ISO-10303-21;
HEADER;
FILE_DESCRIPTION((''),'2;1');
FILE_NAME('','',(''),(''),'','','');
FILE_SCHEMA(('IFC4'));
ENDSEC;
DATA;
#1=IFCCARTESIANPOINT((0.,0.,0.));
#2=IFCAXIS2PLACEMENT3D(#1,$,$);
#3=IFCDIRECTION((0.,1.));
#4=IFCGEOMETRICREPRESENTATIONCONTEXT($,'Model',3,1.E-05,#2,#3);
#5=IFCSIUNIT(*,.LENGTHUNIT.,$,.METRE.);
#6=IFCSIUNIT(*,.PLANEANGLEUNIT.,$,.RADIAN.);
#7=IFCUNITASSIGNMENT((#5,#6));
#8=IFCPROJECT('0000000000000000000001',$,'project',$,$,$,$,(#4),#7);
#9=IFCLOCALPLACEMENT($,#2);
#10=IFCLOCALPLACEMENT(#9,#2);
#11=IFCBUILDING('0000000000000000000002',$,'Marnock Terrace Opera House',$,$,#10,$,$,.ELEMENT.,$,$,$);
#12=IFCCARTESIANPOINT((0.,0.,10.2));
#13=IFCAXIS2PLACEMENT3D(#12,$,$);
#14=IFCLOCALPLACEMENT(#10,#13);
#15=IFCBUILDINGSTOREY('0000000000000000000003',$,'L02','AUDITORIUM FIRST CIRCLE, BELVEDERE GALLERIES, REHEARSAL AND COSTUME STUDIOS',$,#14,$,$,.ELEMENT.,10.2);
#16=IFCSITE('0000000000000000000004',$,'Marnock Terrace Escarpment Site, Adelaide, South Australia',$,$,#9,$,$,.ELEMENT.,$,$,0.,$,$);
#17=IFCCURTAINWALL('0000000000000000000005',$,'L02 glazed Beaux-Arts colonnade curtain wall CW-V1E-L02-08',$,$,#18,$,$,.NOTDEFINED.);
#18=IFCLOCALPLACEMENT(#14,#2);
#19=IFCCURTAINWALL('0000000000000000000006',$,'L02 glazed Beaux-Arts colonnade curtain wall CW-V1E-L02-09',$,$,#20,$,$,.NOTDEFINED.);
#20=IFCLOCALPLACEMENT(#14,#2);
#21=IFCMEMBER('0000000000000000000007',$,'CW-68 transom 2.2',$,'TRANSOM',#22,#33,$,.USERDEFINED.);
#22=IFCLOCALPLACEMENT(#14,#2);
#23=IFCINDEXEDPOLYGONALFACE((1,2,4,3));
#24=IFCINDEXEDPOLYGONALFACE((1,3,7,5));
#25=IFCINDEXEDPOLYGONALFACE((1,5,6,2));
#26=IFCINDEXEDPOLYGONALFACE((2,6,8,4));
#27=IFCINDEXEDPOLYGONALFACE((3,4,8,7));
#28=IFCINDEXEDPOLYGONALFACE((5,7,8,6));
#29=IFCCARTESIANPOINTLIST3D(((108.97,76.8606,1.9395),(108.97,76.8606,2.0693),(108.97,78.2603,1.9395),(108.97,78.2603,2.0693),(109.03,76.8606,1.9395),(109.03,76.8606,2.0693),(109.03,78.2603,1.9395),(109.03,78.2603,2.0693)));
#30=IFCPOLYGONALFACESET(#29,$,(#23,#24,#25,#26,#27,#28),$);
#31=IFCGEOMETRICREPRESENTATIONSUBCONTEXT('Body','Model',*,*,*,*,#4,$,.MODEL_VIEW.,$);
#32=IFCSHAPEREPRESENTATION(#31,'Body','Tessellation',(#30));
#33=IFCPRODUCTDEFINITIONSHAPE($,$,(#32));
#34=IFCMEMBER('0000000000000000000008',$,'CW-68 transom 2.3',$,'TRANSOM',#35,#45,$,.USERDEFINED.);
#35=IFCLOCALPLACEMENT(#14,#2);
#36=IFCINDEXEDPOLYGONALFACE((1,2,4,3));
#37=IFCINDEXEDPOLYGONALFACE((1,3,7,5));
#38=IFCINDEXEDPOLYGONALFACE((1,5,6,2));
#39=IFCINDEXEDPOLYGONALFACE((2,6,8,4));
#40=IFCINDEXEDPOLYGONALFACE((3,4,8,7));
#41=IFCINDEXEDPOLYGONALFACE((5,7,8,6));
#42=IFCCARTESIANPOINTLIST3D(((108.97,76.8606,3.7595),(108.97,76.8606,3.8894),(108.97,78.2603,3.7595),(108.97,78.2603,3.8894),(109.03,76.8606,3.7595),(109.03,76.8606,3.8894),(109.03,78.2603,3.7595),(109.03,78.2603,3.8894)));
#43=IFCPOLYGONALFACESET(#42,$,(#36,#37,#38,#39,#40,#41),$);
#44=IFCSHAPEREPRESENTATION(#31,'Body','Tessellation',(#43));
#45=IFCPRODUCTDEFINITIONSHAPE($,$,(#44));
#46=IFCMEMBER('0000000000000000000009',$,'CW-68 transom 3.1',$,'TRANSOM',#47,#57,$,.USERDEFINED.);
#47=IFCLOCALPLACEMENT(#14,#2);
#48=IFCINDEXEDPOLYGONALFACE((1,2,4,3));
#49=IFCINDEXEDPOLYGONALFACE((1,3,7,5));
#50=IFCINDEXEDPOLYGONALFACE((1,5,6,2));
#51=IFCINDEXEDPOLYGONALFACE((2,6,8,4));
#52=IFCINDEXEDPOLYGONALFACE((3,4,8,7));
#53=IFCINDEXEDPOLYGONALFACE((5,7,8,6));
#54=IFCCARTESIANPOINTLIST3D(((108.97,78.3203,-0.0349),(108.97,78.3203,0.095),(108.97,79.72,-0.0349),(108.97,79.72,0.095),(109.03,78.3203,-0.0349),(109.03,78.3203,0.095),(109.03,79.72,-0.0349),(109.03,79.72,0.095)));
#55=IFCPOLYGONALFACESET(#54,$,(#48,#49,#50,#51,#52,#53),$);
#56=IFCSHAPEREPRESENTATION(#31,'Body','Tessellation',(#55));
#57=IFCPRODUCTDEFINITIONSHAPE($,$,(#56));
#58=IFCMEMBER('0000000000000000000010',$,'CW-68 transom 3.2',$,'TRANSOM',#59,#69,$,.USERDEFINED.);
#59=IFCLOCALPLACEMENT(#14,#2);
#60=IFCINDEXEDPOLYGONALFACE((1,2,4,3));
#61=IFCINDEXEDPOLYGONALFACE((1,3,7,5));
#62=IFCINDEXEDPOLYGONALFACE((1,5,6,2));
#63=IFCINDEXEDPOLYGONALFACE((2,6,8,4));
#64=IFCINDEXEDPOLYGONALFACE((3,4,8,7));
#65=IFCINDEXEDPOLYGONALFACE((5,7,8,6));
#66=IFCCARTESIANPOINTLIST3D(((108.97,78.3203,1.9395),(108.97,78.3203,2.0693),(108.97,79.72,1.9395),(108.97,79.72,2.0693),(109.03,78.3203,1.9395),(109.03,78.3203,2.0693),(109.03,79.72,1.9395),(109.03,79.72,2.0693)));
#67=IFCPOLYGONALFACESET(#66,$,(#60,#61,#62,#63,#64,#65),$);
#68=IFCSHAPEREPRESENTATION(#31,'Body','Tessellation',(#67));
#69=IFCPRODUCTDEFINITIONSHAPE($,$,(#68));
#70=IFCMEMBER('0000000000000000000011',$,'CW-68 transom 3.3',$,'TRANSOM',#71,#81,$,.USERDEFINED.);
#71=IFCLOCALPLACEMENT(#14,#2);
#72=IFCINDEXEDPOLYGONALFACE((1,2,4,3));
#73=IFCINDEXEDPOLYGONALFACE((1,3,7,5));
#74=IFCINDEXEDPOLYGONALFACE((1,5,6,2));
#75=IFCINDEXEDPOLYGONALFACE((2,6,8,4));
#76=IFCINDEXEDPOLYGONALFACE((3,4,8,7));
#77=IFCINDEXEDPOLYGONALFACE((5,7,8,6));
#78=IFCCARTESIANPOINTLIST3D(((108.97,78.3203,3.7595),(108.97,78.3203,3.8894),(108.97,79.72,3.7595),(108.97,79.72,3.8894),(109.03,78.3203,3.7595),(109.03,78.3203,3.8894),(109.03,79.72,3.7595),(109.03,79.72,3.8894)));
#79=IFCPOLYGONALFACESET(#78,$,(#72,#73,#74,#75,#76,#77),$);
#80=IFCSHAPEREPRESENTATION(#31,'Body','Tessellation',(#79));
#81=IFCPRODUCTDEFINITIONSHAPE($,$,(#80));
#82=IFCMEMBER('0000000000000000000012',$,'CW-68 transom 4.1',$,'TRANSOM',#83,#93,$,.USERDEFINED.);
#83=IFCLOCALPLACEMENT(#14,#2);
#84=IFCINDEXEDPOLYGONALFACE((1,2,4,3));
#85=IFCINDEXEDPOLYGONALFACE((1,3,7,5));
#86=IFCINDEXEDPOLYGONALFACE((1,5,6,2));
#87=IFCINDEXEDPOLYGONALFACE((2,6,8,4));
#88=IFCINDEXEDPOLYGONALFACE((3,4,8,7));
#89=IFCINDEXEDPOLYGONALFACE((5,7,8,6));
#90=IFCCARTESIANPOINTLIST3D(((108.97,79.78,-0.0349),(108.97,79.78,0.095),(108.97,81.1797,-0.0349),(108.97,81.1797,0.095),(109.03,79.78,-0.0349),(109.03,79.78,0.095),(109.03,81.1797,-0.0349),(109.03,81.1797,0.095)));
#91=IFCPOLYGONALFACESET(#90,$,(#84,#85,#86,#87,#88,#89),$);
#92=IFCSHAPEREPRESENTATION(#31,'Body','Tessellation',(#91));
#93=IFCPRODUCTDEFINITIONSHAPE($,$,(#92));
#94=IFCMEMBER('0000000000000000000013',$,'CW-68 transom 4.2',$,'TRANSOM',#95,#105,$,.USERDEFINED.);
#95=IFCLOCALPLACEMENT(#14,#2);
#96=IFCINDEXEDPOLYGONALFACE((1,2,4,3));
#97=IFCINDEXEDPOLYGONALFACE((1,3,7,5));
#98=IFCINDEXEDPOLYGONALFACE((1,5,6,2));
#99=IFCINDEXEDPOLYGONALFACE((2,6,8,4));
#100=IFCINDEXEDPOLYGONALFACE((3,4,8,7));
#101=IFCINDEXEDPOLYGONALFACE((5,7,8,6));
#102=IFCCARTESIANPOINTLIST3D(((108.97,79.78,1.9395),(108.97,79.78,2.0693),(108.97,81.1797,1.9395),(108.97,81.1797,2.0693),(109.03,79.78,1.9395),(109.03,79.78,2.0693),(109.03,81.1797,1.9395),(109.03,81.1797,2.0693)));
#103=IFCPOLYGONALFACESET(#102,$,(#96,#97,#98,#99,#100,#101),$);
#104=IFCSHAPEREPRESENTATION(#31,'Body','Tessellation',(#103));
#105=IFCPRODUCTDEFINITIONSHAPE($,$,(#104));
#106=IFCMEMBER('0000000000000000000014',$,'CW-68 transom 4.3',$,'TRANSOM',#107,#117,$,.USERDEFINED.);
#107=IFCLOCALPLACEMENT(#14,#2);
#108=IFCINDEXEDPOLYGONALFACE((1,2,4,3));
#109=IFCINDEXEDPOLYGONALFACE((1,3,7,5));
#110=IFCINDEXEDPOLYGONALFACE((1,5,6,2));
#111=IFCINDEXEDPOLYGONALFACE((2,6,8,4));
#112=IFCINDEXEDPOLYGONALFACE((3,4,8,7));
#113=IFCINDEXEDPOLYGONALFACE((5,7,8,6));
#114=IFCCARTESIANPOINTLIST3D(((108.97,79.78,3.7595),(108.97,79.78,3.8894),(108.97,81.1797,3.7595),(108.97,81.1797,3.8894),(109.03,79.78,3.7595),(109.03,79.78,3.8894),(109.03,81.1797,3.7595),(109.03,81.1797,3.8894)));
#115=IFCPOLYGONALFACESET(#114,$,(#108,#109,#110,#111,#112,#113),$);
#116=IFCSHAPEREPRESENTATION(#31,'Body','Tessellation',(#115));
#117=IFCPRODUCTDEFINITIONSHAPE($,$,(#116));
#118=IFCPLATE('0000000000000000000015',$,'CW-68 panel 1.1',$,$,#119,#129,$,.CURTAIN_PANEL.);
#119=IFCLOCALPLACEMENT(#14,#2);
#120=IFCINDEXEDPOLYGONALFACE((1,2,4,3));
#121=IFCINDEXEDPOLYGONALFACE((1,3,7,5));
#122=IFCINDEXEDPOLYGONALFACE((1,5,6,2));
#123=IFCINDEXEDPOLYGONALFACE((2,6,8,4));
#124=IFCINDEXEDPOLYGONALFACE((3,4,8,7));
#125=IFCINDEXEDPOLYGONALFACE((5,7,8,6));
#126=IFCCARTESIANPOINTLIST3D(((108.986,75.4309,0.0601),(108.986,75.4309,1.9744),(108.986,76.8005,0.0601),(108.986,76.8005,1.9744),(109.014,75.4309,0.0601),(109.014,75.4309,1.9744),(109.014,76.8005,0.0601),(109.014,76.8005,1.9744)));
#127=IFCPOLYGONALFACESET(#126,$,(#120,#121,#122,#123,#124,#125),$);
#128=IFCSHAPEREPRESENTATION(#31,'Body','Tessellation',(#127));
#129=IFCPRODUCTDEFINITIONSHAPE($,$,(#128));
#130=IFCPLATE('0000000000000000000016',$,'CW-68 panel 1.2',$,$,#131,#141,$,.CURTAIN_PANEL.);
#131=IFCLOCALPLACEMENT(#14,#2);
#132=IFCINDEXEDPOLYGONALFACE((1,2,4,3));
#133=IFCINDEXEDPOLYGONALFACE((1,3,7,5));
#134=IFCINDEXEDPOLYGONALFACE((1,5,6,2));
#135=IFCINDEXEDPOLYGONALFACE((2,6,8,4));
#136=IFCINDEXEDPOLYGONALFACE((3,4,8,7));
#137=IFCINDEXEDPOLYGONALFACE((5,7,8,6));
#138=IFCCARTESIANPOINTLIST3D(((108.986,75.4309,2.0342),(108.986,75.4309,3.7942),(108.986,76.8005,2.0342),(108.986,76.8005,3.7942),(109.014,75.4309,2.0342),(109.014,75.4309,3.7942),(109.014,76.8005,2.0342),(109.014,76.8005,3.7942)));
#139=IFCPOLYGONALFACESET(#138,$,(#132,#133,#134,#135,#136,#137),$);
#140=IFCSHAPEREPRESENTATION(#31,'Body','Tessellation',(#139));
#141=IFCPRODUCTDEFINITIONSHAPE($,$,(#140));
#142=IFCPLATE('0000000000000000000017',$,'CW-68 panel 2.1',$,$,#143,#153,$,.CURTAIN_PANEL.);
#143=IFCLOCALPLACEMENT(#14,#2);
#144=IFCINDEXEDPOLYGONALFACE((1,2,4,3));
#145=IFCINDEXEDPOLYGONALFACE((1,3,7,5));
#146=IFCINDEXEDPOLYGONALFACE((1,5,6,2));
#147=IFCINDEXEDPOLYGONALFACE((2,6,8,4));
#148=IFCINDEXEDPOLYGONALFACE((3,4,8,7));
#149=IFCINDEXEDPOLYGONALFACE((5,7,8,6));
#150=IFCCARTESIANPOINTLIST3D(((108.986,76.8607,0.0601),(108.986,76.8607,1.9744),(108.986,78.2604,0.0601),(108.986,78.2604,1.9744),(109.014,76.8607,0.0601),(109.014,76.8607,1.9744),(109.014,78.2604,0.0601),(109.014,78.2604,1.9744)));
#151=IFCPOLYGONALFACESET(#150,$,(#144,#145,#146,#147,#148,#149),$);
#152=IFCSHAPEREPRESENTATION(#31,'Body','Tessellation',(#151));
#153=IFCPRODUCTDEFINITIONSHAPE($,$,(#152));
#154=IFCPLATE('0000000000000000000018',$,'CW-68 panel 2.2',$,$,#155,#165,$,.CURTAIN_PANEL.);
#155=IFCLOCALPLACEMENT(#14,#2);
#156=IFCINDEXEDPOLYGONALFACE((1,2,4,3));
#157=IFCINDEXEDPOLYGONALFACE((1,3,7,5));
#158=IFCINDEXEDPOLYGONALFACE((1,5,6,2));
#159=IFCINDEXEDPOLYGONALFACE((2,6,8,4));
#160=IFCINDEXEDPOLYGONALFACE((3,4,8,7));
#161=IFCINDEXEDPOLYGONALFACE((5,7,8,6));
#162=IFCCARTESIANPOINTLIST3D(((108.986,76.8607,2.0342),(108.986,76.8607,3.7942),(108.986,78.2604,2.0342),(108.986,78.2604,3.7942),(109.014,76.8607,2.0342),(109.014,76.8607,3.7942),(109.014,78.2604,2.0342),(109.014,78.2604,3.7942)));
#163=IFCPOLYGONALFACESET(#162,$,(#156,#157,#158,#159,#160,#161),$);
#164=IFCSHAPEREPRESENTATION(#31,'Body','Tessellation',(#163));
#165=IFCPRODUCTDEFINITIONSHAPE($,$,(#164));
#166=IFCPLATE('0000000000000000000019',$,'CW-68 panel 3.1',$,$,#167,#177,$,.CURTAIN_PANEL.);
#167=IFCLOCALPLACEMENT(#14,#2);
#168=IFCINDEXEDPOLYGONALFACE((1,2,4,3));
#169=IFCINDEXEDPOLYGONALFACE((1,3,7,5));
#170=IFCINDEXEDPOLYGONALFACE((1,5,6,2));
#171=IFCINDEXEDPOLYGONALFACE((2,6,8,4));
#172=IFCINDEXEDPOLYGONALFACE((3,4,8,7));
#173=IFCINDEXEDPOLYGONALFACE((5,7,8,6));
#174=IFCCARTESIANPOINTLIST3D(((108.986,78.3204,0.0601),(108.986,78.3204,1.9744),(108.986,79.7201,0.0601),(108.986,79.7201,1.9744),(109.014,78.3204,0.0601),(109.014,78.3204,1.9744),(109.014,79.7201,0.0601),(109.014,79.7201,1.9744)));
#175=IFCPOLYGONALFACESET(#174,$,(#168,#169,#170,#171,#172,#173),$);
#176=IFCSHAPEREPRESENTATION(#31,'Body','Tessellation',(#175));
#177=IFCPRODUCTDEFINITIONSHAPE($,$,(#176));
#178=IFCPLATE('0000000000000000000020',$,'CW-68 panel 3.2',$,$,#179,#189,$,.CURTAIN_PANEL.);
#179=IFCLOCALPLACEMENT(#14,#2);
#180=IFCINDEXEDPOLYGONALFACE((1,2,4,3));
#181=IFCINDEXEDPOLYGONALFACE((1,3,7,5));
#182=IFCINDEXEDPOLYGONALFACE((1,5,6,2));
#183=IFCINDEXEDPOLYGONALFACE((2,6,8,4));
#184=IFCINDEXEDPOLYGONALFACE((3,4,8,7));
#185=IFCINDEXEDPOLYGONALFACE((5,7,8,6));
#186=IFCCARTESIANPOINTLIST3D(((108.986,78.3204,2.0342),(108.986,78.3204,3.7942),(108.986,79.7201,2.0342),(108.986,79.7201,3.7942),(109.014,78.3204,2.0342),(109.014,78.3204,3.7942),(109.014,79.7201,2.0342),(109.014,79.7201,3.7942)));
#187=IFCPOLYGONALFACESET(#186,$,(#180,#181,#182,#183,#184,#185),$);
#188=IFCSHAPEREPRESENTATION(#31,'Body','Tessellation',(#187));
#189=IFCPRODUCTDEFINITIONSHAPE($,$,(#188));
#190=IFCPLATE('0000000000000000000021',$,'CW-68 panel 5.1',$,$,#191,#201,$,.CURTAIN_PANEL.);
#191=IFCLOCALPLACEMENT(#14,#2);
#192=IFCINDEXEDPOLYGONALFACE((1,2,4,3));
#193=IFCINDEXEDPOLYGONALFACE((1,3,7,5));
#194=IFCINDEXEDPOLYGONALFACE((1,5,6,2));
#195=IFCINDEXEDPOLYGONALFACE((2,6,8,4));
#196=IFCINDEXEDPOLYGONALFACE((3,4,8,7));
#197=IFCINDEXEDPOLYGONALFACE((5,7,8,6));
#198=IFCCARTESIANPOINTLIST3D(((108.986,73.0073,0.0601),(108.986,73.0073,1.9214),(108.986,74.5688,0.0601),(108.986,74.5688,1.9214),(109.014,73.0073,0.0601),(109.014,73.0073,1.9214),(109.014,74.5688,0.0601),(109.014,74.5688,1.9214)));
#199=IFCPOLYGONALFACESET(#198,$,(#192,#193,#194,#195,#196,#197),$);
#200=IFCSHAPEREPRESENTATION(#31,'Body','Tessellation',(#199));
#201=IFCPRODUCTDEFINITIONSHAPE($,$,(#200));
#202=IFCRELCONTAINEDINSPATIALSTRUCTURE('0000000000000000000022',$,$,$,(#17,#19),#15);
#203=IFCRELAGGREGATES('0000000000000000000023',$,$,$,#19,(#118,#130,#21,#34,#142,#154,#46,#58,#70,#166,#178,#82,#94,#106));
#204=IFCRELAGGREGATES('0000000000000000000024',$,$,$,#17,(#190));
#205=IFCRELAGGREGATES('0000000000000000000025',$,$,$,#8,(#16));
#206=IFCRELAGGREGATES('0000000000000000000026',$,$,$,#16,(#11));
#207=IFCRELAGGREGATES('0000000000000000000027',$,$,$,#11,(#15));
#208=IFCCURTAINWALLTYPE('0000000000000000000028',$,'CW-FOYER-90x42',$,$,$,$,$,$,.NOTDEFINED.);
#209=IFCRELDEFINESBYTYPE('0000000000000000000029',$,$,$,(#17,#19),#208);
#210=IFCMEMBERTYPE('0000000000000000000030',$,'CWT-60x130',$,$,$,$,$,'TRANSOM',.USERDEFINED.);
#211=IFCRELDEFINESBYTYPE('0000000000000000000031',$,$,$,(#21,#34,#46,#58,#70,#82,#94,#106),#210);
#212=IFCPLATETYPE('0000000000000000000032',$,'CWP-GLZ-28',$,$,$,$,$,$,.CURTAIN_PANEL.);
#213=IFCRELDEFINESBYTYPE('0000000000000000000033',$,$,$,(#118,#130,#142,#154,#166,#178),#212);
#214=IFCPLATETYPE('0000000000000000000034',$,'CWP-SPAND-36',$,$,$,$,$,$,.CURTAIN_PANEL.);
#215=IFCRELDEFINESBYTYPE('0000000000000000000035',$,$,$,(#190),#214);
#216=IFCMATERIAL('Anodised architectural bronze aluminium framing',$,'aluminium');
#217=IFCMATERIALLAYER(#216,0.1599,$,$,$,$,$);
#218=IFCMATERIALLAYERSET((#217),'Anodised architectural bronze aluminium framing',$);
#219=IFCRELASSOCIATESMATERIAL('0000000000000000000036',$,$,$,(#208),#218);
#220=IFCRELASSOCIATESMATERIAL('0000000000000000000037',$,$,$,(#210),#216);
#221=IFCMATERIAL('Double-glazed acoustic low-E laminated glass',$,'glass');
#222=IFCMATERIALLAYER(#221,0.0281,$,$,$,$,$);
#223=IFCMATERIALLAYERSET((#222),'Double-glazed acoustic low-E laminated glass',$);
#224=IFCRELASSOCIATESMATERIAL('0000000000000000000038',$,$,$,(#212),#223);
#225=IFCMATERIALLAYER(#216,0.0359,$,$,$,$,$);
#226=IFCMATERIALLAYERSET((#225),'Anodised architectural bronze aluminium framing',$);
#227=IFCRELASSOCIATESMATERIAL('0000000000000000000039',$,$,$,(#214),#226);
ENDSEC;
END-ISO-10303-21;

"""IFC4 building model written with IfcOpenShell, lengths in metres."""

from ifc_helpers import new_model, si_unit, direction, frame, origin, origin_2d, place, context, subcontext, project, spatial, rectangle, extrude, material, layer, layer_set, material_profile, profile_set, type_object, element, aggregate, save


model = new_model("IFC4")

# Units and contexts
model_context = context("Model", 3, precision=1e-05, world=origin(), true_north=direction((0.0, 1.0)))
body_context = subcontext(model_context, "Body", "Model", "MODEL_VIEW")
ifc_project = project(units=[si_unit("LENGTHUNIT", "METRE"), si_unit("PLANEANGLEUNIT", "RADIAN")], contexts=[model_context])

# Site, building, storey
site_placement = place(None, origin())
site = spatial("IfcSite", under=ifc_project, at=site_placement, Name="Marnock Terrace Escarpment Site, Adelaide, South Australia", CompositionType="ELEMENT", RefElevation=0.0)
building_placement = place(site_placement, origin())
building = spatial("IfcBuilding", under=site, at=building_placement, Name="Marnock Terrace Opera House", CompositionType="ELEMENT")
storey_placement = place(building_placement, frame((0.0, 0.0, 10.2)))
storey = spatial("IfcBuildingStorey", under=building, at=storey_placement, Name="L02", Description="AUDITORIUM FIRST CIRCLE, BELVEDERE GALLERIES, REHEARSAL AND COSTUME STUDIOS", CompositionType="ELEMENT", Elevation=10.2)

# Curtain wall
ifc_material_1 = material(Name="Anodised architectural bronze aluminium framing", Category="aluminium")
ifc_layer_1 = layer(ifc_material_1, 0.1599)
ifc_layer_set_1 = layer_set([ifc_layer_1], Name="Anodised architectural bronze aluminium framing")
curtain_wall_type = type_object("IfcCurtainWallType", Name="CW-FOYER-90x42", PredefinedType="NOTDEFINED", material=ifc_layer_set_1)
curtain_wall_1_placement = place(storey_placement, origin())
curtain_wall_1 = element("IfcCurtainWall", 1, at=curtain_wall_1_placement, inside=storey, type_object=curtain_wall_type, Name="L02 glazed Beaux-Arts colonnade curtain wall CW-V1E-L02-08", PredefinedType="NOTDEFINED")

# Curtain wall, members, plates
curtain_wall_2_placement = place(storey_placement, origin())
curtain_wall_2 = element("IfcCurtainWall", 2, at=curtain_wall_2_placement, inside=storey, type_object=curtain_wall_type, Name="L02 glazed Beaux-Arts colonnade curtain wall CW-V1E-L02-09", PredefinedType="NOTDEFINED")
ifc_material_profile_1 = material_profile(ifc_material_1, rectangle(XDim=0.0601, YDim=0.1299, at=origin_2d()))
ifc_profile_set_1 = profile_set([ifc_material_profile_1], Name="Anodised architectural bronze aluminium framing")
member_type_1 = type_object("IfcMemberType", Name="CWT-60x130", ElementType="TRANSOM", PredefinedType="USERDEFINED", material=ifc_profile_set_1)
member_1_placement = place(storey_placement, frame((109.0, 76.8606, 2.0044), z_axis=(0.0, 1.0, 0.0), x_axis=(-1.0, 0.0, 0.0)))
member_1 = element("IfcMember", 3, at=member_1_placement, type_object=member_type_1, Name="CW-68 transom 2.2", ObjectType="TRANSOM", PredefinedType="USERDEFINED", context=body_context, shape_type="SweptSolid", body=[
    extrude(rectangle(XDim=0.0601, YDim=0.1299, at=origin_2d()), origin(), (0.0, 0.0, 1.0), 1.3997),
])
member_2_placement = place(storey_placement, frame((109.0, 76.8606, 3.8245), z_axis=(0.0, 1.0, 0.0), x_axis=(-1.0, 0.0, 0.0)))
member_2 = element("IfcMember", 4, at=member_2_placement, type_object=member_type_1, Name="CW-68 transom 2.3", ObjectType="TRANSOM", PredefinedType="USERDEFINED", context=body_context, shape_type="SweptSolid", body=[
    extrude(rectangle(XDim=0.0601, YDim=0.1299, at=origin_2d()), origin(), (0.0, 0.0, 1.0), 1.3997),
])
member_3_placement = place(storey_placement, frame((109.0, 78.3203, 0.03), z_axis=(0.0, 1.0, 0.0), x_axis=(-1.0, 0.0, 0.0)))
member_3 = element("IfcMember", 5, at=member_3_placement, type_object=member_type_1, Name="CW-68 transom 3.1", ObjectType="TRANSOM", PredefinedType="USERDEFINED", context=body_context, shape_type="SweptSolid", body=[
    extrude(rectangle(XDim=0.0601, YDim=0.1299, at=origin_2d()), origin(), (0.0, 0.0, 1.0), 1.3997),
])
member_4_placement = place(storey_placement, frame((109.0, 78.3203, 2.0044), z_axis=(0.0, 1.0, 0.0), x_axis=(-1.0, 0.0, 0.0)))
member_4 = element("IfcMember", 6, at=member_4_placement, type_object=member_type_1, Name="CW-68 transom 3.2", ObjectType="TRANSOM", PredefinedType="USERDEFINED", context=body_context, shape_type="SweptSolid", body=[
    extrude(rectangle(XDim=0.0601, YDim=0.1299, at=origin_2d()), origin(), (0.0, 0.0, 1.0), 1.3997),
])
member_5_placement = place(storey_placement, frame((109.0, 78.3203, 3.8245), z_axis=(0.0, 1.0, 0.0), x_axis=(-1.0, 0.0, 0.0)))
member_5 = element("IfcMember", 7, at=member_5_placement, type_object=member_type_1, Name="CW-68 transom 3.3", ObjectType="TRANSOM", PredefinedType="USERDEFINED", context=body_context, shape_type="SweptSolid", body=[
    extrude(rectangle(XDim=0.0601, YDim=0.1299, at=origin_2d()), origin(), (0.0, 0.0, 1.0), 1.3997),
])
member_6_placement = place(storey_placement, frame((109.0, 79.78, 0.03), z_axis=(0.0, 1.0, 0.0), x_axis=(-1.0, 0.0, 0.0)))
member_6 = element("IfcMember", 8, at=member_6_placement, type_object=member_type_1, Name="CW-68 transom 4.1", ObjectType="TRANSOM", PredefinedType="USERDEFINED", context=body_context, shape_type="SweptSolid", body=[
    extrude(rectangle(XDim=0.0601, YDim=0.1299, at=origin_2d()), origin(), (0.0, 0.0, 1.0), 1.3997),
])
member_7_placement = place(storey_placement, frame((109.0, 79.78, 2.0044), z_axis=(0.0, 1.0, 0.0), x_axis=(-1.0, 0.0, 0.0)))
member_7 = element("IfcMember", 9, at=member_7_placement, type_object=member_type_1, Name="CW-68 transom 4.2", ObjectType="TRANSOM", PredefinedType="USERDEFINED", context=body_context, shape_type="SweptSolid", body=[
    extrude(rectangle(XDim=0.0601, YDim=0.1299, at=origin_2d()), origin(), (0.0, 0.0, 1.0), 1.3997),
])
member_8_placement = place(storey_placement, frame((109.0, 79.78, 3.8245), z_axis=(0.0, 1.0, 0.0), x_axis=(-1.0, 0.0, 0.0)))
member_8 = element("IfcMember", 10, at=member_8_placement, type_object=member_type_1, Name="CW-68 transom 4.3", ObjectType="TRANSOM", PredefinedType="USERDEFINED", context=body_context, shape_type="SweptSolid", body=[
    extrude(rectangle(XDim=0.0601, YDim=0.1299, at=origin_2d()), origin(), (0.0, 0.0, 1.0), 1.3997),
])
ifc_material_2 = material(Name="Double-glazed acoustic low-E laminated glass", Category="glass")
ifc_layer_2 = layer(ifc_material_2, 0.0281)
ifc_layer_set_2 = layer_set([ifc_layer_2], Name="Double-glazed acoustic low-E laminated glass")
plate_type_1 = type_object("IfcPlateType", Name="CWP-GLZ-28", PredefinedType="CURTAIN_PANEL", material=ifc_layer_set_2)
plate_1_placement = place(storey_placement, frame((109.0, 76.1157, 0.0601), z_axis=(0.0, 0.0, 1.0), x_axis=(0.0, 1.0, 0.0)))
plate_1 = element("IfcPlate", 11, at=plate_1_placement, type_object=plate_type_1, Name="CW-68 panel 1.1", PredefinedType="CURTAIN_PANEL", context=body_context, shape_type="SweptSolid", body=[
    extrude(rectangle(XDim=1.3696, YDim=0.0281, at=origin_2d()), origin(), (0.0, 0.0, 1.0), 1.9143),
])
plate_2_placement = place(storey_placement, frame((109.0, 76.1157, 2.0342), z_axis=(0.0, 0.0, 1.0), x_axis=(0.0, 1.0, 0.0)))
plate_2 = element("IfcPlate", 12, at=plate_2_placement, type_object=plate_type_1, Name="CW-68 panel 1.2", PredefinedType="CURTAIN_PANEL", context=body_context, shape_type="SweptSolid", body=[
    extrude(rectangle(XDim=1.3696, YDim=0.0281, at=origin_2d()), origin(), (0.0, 0.0, 1.0), 1.76),
])
plate_3_placement = place(storey_placement, frame((109.0, 77.5605, 0.0601), z_axis=(0.0, 0.0, 1.0), x_axis=(0.0, 1.0, 0.0)))
plate_3 = element("IfcPlate", 13, at=plate_3_placement, type_object=plate_type_1, Name="CW-68 panel 2.1", PredefinedType="CURTAIN_PANEL", context=body_context, shape_type="SweptSolid", body=[
    extrude(rectangle(XDim=1.3997, YDim=0.0281, at=origin_2d()), origin(), (0.0, 0.0, 1.0), 1.9143),
])
plate_4_placement = place(storey_placement, frame((109.0, 77.5605, 2.0342), z_axis=(0.0, 0.0, 1.0), x_axis=(0.0, 1.0, 0.0)))
plate_4 = element("IfcPlate", 14, at=plate_4_placement, type_object=plate_type_1, Name="CW-68 panel 2.2", PredefinedType="CURTAIN_PANEL", context=body_context, shape_type="SweptSolid", body=[
    extrude(rectangle(XDim=1.3997, YDim=0.0281, at=origin_2d()), origin(), (0.0, 0.0, 1.0), 1.76),
])
plate_5_placement = place(storey_placement, frame((109.0, 79.0203, 0.0601), z_axis=(0.0, 0.0, 1.0), x_axis=(0.0, 1.0, 0.0)))
plate_5 = element("IfcPlate", 15, at=plate_5_placement, type_object=plate_type_1, Name="CW-68 panel 3.1", PredefinedType="CURTAIN_PANEL", context=body_context, shape_type="SweptSolid", body=[
    extrude(rectangle(XDim=1.3997, YDim=0.0281, at=origin_2d()), origin(), (0.0, 0.0, 1.0), 1.9143),
])
plate_6_placement = place(storey_placement, frame((109.0, 79.0203, 2.0342), z_axis=(0.0, 0.0, 1.0), x_axis=(0.0, 1.0, 0.0)))
plate_6 = element("IfcPlate", 16, at=plate_6_placement, type_object=plate_type_1, Name="CW-68 panel 3.2", PredefinedType="CURTAIN_PANEL", context=body_context, shape_type="SweptSolid", body=[
    extrude(rectangle(XDim=1.3997, YDim=0.0281, at=origin_2d()), origin(), (0.0, 0.0, 1.0), 1.76),
])
aggregate(curtain_wall_2, [plate_1, plate_2, member_1, member_2, plate_3, plate_4, member_3, member_4, member_5, plate_5, plate_6, member_6, member_7, member_8])

# Plate
ifc_layer_3 = layer(ifc_material_1, 0.0359)
ifc_layer_set_3 = layer_set([ifc_layer_3], Name="Anodised architectural bronze aluminium framing")
plate_type_2 = type_object("IfcPlateType", Name="CWP-SPAND-36", PredefinedType="CURTAIN_PANEL", material=ifc_layer_set_3)
plate_7_placement = place(storey_placement, frame((109.0, 73.7881, 0.0601), z_axis=(0.0, 0.0, 1.0), x_axis=(0.0, 1.0, 0.0)))
plate_7 = element("IfcPlate", 17, at=plate_7_placement, type_object=plate_type_2, Name="CW-68 panel 5.1", PredefinedType="CURTAIN_PANEL", context=body_context, shape_type="SweptSolid", body=[
    extrude(rectangle(XDim=1.5615, YDim=0.0281, at=origin_2d()), origin(), (0.0, 0.0, 1.0), 1.8613),
])
aggregate(curtain_wall_1, [plate_7])

save(model, "model.ifc")
